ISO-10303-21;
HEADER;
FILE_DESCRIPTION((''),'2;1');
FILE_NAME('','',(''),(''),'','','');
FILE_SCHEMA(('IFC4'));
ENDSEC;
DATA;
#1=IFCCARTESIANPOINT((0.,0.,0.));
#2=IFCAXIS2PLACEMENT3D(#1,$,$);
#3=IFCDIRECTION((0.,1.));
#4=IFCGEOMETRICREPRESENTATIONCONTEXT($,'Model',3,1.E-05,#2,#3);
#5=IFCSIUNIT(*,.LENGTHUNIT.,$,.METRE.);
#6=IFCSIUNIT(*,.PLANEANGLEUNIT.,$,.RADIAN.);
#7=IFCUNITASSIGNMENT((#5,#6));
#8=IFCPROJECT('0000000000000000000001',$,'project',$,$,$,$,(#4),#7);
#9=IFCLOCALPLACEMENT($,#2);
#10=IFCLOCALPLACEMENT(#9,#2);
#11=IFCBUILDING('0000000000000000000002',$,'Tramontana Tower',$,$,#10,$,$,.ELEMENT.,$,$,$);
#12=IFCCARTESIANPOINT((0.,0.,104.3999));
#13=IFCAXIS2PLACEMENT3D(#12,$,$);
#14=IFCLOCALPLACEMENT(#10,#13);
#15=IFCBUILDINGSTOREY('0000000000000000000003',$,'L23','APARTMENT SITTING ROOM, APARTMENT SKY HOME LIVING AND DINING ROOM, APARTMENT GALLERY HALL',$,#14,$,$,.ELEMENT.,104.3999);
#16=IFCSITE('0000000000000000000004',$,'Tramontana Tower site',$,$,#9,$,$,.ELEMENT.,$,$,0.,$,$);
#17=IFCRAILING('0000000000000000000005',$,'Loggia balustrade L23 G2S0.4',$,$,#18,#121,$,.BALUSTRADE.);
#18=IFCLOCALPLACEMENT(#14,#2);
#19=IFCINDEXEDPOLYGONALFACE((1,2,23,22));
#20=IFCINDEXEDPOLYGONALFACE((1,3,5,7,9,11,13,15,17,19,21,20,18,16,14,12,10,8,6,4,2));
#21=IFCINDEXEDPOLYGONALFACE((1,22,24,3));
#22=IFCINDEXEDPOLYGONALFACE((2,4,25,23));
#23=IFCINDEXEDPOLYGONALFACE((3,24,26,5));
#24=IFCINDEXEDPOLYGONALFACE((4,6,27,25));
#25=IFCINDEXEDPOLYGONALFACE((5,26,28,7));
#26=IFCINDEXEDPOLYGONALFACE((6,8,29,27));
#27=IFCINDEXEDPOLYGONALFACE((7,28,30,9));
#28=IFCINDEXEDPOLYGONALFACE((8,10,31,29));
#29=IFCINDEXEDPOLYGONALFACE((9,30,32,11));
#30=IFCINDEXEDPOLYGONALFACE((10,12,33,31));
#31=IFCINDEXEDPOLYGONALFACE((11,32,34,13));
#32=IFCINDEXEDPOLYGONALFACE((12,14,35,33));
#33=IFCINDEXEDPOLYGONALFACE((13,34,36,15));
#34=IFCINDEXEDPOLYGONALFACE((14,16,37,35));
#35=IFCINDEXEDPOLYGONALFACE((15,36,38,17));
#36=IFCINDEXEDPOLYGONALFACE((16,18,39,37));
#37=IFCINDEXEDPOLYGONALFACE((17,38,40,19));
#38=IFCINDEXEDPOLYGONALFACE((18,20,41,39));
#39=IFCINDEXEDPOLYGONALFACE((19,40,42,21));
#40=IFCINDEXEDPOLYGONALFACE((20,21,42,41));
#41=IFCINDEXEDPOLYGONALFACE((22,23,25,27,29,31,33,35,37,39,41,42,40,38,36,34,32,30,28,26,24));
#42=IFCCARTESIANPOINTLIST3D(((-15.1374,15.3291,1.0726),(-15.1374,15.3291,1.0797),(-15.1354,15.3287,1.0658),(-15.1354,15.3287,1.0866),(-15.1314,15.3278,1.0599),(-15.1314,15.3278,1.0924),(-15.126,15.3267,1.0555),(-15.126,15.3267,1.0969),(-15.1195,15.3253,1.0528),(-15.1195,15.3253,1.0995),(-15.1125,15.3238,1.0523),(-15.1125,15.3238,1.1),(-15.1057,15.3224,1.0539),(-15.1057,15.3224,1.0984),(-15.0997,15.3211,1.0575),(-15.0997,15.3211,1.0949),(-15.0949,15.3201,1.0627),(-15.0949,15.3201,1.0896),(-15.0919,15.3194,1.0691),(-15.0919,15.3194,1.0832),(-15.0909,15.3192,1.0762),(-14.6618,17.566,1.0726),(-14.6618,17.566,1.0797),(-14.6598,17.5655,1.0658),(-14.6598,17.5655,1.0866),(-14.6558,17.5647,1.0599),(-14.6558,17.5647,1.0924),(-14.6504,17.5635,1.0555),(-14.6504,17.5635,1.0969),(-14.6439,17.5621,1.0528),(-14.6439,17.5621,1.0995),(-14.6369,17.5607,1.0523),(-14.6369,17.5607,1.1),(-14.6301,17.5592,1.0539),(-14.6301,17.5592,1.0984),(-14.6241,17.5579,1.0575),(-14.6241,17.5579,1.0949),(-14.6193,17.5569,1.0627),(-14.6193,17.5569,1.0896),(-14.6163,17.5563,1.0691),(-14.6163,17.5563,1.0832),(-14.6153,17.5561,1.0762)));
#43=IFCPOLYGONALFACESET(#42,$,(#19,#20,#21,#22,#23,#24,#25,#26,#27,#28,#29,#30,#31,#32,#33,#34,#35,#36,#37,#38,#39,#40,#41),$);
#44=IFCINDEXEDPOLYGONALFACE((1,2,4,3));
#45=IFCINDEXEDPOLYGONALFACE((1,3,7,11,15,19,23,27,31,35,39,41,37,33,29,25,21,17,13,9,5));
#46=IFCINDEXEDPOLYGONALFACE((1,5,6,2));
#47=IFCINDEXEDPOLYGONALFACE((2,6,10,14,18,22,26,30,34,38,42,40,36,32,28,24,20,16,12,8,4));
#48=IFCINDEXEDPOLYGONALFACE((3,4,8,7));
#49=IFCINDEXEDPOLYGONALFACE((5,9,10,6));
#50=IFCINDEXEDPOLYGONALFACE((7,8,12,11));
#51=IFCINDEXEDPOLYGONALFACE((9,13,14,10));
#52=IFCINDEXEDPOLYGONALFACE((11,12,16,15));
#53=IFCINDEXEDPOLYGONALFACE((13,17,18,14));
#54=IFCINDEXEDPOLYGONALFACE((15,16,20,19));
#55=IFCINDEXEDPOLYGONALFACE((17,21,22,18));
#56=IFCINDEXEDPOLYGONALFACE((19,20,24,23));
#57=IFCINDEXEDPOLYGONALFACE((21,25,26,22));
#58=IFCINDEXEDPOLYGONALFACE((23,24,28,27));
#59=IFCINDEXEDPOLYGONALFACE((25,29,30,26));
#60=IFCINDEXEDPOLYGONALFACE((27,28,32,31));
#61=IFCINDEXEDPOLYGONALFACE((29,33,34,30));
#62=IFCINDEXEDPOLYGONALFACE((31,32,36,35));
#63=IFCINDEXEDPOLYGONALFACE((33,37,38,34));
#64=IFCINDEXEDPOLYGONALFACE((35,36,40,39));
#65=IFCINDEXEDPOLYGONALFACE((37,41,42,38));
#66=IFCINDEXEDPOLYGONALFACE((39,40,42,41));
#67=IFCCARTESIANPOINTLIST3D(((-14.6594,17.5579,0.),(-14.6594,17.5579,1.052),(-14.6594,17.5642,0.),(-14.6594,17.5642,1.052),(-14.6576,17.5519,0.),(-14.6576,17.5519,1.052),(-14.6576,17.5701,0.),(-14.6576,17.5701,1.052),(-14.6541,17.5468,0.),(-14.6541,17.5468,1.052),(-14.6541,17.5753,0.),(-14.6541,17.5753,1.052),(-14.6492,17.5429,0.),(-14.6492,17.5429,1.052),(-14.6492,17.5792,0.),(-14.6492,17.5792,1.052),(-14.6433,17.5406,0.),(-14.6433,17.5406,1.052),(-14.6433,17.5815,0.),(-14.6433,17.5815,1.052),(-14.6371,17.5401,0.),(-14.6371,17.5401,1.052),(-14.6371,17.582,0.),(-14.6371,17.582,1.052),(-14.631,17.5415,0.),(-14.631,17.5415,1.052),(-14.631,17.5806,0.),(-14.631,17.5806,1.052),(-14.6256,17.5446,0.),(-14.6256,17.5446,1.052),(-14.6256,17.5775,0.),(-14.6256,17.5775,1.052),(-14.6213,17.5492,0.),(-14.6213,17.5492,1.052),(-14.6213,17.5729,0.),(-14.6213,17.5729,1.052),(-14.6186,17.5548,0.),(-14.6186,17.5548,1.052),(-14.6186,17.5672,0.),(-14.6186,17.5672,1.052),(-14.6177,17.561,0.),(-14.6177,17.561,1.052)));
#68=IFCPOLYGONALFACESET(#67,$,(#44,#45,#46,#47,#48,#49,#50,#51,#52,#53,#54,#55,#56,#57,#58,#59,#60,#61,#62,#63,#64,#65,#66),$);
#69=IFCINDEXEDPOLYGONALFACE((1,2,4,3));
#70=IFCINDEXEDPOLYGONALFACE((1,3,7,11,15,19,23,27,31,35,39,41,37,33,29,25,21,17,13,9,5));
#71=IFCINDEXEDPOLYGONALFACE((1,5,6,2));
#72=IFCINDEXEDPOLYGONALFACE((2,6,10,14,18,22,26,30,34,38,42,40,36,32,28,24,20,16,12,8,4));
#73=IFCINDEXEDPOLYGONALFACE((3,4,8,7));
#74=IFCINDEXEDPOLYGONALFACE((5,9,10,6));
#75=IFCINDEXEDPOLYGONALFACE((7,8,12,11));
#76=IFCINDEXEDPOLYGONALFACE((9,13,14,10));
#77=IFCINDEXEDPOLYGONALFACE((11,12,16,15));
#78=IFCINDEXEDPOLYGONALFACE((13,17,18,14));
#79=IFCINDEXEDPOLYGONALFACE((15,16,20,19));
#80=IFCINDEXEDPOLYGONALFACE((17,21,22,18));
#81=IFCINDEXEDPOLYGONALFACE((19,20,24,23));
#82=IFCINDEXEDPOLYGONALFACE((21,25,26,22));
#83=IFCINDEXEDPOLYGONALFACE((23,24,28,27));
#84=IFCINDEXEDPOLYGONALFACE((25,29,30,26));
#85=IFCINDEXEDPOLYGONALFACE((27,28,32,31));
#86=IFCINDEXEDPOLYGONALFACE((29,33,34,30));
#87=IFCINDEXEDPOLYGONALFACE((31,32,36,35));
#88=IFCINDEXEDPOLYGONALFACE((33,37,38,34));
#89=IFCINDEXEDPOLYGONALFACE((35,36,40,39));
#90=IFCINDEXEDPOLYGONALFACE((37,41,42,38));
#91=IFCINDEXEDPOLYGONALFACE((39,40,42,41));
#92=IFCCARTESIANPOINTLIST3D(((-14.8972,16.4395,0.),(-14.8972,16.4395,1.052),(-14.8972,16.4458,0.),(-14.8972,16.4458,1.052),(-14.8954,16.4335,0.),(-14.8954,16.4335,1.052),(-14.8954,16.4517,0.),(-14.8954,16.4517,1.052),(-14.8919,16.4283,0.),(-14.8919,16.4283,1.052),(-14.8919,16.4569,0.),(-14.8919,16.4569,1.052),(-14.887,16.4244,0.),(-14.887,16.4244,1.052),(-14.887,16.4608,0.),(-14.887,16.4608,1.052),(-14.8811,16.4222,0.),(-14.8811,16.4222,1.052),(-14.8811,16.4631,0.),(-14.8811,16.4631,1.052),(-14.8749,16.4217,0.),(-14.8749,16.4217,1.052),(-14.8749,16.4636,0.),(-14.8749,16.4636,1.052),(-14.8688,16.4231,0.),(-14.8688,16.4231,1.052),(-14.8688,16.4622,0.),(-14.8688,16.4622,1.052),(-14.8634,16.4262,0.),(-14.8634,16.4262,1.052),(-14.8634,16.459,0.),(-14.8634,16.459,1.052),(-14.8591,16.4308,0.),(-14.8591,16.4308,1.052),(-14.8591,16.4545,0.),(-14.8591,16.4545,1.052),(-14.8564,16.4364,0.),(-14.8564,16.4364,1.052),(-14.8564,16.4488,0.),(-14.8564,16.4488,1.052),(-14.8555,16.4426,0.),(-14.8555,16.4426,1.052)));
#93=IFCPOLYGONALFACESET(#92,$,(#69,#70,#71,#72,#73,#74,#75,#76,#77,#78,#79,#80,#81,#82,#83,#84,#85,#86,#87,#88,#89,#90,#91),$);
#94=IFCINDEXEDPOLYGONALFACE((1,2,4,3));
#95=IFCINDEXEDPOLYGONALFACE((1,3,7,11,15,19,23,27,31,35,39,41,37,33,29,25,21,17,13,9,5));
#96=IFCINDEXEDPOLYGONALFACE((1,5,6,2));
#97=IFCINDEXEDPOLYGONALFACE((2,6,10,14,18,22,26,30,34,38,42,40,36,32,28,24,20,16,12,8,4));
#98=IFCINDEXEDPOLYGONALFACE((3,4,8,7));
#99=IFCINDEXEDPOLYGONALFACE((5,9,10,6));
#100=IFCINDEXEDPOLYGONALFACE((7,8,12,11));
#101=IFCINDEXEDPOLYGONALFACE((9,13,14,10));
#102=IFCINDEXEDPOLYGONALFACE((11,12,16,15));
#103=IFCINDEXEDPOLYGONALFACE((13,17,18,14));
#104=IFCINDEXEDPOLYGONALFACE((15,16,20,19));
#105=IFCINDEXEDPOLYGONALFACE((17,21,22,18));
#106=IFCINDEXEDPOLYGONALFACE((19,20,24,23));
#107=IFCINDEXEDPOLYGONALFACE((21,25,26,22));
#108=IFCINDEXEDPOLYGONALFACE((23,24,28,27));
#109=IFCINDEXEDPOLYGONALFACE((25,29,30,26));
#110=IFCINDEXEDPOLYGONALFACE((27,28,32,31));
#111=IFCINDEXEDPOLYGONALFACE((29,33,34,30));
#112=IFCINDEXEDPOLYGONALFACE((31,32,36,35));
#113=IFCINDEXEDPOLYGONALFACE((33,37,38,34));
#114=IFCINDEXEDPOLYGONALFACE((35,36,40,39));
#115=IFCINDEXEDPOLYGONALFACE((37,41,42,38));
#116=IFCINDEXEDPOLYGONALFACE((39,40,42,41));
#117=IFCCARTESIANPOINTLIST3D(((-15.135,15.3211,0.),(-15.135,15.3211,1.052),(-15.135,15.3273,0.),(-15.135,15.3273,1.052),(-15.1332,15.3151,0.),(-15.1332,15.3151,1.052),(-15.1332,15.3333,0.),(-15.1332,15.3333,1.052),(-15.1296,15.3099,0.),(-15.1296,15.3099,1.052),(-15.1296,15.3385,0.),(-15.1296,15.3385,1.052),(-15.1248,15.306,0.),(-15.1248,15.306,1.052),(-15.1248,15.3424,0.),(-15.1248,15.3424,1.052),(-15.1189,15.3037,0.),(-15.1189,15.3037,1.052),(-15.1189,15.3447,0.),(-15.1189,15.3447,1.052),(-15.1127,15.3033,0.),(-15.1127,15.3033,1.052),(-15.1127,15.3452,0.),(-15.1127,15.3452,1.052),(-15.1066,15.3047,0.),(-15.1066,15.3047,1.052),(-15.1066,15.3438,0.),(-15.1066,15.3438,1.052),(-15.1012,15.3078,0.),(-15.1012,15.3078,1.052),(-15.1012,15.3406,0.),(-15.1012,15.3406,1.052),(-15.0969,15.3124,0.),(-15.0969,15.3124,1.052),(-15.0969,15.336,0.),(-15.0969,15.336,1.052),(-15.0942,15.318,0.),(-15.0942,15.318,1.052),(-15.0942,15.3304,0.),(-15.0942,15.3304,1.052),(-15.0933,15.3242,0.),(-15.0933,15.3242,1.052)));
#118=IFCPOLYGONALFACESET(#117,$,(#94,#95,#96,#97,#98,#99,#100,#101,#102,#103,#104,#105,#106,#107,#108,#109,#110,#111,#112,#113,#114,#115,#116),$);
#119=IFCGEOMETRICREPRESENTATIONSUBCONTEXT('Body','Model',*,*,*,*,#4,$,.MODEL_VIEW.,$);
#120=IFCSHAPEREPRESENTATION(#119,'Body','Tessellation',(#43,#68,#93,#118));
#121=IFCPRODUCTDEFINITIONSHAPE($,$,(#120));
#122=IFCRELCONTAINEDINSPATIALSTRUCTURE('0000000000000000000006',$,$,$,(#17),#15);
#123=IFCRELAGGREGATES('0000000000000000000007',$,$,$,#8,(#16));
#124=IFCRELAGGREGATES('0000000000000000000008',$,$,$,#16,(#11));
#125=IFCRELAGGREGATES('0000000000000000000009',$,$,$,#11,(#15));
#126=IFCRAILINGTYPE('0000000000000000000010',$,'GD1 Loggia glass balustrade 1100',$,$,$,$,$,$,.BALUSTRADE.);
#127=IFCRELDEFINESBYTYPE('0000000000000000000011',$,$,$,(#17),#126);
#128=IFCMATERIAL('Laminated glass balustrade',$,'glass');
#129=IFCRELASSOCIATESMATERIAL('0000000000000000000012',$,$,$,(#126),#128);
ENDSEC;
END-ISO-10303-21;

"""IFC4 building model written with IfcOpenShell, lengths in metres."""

from ifc_helpers import new_model, si_unit, direction, frame, origin, origin_2d, place, context, subcontext, project, spatial, circle, extrude, material, type_object, element, save


model = new_model("IFC4")

# Units and contexts
model_context = context("Model", 3, precision=1e-05, world=origin(), true_north=direction((0.0, 1.0)))
body_context = subcontext(model_context, "Body", "Model", "MODEL_VIEW")
ifc_project = project(units=[si_unit("LENGTHUNIT", "METRE"), si_unit("PLANEANGLEUNIT", "RADIAN")], contexts=[model_context])

# Site, building, storey
site_placement = place(None, origin())
site = spatial("IfcSite", under=ifc_project, at=site_placement, Name="Tramontana Tower site", CompositionType="ELEMENT", RefElevation=0.0)
building_placement = place(site_placement, origin())
building = spatial("IfcBuilding", under=site, at=building_placement, Name="Tramontana Tower", CompositionType="ELEMENT")
storey_placement = place(building_placement, frame((0.0, 0.0, 104.3999)))
storey = spatial("IfcBuildingStorey", under=building, at=storey_placement, Name="L23", Description="APARTMENT SITTING ROOM, APARTMENT SKY HOME LIVING AND DINING ROOM, APARTMENT GALLERY HALL", CompositionType="ELEMENT", Elevation=104.3999)

# Railing
ifc_material_1 = material(Name="Laminated glass balustrade", Category="glass")
railing_type = type_object("IfcRailingType", Name="GD1 Loggia glass balustrade 1100", PredefinedType="BALUSTRADE", material=ifc_material_1)
railing_placement = place(storey_placement, frame((-14.6387, 17.561, 0.0)))
element("IfcRailing", 1, at=railing_placement, inside=storey, type_object=railing_type, Name="Loggia balustrade L23 G2S0.4", PredefinedType="BALUSTRADE", context=body_context, shape_type="SweptSolid", body=[
    extrude(circle(Radius=0.0239, at=origin_2d()), frame((0.0, 0.0, 1.0762), z_axis=(-0.207969, -0.978136, 0.0), x_axis=(0.978136, -0.207969, 0.0)), (0.0, 0.0, 1.0), 2.2869),
    extrude(circle(Radius=0.021, at=origin_2d()), origin(), (0.0, 0.0, 1.0), 1.052),
    extrude(circle(Radius=0.021, at=origin_2d()), frame((-0.2378, -1.1184, 0.0)), (0.0, 0.0, 1.0), 1.052),
    extrude(circle(Radius=0.021, at=origin_2d()), frame((-0.4756, -2.2368, 0.0)), (0.0, 0.0, 1.0), 1.052),
])

save(model, "model.ifc")
